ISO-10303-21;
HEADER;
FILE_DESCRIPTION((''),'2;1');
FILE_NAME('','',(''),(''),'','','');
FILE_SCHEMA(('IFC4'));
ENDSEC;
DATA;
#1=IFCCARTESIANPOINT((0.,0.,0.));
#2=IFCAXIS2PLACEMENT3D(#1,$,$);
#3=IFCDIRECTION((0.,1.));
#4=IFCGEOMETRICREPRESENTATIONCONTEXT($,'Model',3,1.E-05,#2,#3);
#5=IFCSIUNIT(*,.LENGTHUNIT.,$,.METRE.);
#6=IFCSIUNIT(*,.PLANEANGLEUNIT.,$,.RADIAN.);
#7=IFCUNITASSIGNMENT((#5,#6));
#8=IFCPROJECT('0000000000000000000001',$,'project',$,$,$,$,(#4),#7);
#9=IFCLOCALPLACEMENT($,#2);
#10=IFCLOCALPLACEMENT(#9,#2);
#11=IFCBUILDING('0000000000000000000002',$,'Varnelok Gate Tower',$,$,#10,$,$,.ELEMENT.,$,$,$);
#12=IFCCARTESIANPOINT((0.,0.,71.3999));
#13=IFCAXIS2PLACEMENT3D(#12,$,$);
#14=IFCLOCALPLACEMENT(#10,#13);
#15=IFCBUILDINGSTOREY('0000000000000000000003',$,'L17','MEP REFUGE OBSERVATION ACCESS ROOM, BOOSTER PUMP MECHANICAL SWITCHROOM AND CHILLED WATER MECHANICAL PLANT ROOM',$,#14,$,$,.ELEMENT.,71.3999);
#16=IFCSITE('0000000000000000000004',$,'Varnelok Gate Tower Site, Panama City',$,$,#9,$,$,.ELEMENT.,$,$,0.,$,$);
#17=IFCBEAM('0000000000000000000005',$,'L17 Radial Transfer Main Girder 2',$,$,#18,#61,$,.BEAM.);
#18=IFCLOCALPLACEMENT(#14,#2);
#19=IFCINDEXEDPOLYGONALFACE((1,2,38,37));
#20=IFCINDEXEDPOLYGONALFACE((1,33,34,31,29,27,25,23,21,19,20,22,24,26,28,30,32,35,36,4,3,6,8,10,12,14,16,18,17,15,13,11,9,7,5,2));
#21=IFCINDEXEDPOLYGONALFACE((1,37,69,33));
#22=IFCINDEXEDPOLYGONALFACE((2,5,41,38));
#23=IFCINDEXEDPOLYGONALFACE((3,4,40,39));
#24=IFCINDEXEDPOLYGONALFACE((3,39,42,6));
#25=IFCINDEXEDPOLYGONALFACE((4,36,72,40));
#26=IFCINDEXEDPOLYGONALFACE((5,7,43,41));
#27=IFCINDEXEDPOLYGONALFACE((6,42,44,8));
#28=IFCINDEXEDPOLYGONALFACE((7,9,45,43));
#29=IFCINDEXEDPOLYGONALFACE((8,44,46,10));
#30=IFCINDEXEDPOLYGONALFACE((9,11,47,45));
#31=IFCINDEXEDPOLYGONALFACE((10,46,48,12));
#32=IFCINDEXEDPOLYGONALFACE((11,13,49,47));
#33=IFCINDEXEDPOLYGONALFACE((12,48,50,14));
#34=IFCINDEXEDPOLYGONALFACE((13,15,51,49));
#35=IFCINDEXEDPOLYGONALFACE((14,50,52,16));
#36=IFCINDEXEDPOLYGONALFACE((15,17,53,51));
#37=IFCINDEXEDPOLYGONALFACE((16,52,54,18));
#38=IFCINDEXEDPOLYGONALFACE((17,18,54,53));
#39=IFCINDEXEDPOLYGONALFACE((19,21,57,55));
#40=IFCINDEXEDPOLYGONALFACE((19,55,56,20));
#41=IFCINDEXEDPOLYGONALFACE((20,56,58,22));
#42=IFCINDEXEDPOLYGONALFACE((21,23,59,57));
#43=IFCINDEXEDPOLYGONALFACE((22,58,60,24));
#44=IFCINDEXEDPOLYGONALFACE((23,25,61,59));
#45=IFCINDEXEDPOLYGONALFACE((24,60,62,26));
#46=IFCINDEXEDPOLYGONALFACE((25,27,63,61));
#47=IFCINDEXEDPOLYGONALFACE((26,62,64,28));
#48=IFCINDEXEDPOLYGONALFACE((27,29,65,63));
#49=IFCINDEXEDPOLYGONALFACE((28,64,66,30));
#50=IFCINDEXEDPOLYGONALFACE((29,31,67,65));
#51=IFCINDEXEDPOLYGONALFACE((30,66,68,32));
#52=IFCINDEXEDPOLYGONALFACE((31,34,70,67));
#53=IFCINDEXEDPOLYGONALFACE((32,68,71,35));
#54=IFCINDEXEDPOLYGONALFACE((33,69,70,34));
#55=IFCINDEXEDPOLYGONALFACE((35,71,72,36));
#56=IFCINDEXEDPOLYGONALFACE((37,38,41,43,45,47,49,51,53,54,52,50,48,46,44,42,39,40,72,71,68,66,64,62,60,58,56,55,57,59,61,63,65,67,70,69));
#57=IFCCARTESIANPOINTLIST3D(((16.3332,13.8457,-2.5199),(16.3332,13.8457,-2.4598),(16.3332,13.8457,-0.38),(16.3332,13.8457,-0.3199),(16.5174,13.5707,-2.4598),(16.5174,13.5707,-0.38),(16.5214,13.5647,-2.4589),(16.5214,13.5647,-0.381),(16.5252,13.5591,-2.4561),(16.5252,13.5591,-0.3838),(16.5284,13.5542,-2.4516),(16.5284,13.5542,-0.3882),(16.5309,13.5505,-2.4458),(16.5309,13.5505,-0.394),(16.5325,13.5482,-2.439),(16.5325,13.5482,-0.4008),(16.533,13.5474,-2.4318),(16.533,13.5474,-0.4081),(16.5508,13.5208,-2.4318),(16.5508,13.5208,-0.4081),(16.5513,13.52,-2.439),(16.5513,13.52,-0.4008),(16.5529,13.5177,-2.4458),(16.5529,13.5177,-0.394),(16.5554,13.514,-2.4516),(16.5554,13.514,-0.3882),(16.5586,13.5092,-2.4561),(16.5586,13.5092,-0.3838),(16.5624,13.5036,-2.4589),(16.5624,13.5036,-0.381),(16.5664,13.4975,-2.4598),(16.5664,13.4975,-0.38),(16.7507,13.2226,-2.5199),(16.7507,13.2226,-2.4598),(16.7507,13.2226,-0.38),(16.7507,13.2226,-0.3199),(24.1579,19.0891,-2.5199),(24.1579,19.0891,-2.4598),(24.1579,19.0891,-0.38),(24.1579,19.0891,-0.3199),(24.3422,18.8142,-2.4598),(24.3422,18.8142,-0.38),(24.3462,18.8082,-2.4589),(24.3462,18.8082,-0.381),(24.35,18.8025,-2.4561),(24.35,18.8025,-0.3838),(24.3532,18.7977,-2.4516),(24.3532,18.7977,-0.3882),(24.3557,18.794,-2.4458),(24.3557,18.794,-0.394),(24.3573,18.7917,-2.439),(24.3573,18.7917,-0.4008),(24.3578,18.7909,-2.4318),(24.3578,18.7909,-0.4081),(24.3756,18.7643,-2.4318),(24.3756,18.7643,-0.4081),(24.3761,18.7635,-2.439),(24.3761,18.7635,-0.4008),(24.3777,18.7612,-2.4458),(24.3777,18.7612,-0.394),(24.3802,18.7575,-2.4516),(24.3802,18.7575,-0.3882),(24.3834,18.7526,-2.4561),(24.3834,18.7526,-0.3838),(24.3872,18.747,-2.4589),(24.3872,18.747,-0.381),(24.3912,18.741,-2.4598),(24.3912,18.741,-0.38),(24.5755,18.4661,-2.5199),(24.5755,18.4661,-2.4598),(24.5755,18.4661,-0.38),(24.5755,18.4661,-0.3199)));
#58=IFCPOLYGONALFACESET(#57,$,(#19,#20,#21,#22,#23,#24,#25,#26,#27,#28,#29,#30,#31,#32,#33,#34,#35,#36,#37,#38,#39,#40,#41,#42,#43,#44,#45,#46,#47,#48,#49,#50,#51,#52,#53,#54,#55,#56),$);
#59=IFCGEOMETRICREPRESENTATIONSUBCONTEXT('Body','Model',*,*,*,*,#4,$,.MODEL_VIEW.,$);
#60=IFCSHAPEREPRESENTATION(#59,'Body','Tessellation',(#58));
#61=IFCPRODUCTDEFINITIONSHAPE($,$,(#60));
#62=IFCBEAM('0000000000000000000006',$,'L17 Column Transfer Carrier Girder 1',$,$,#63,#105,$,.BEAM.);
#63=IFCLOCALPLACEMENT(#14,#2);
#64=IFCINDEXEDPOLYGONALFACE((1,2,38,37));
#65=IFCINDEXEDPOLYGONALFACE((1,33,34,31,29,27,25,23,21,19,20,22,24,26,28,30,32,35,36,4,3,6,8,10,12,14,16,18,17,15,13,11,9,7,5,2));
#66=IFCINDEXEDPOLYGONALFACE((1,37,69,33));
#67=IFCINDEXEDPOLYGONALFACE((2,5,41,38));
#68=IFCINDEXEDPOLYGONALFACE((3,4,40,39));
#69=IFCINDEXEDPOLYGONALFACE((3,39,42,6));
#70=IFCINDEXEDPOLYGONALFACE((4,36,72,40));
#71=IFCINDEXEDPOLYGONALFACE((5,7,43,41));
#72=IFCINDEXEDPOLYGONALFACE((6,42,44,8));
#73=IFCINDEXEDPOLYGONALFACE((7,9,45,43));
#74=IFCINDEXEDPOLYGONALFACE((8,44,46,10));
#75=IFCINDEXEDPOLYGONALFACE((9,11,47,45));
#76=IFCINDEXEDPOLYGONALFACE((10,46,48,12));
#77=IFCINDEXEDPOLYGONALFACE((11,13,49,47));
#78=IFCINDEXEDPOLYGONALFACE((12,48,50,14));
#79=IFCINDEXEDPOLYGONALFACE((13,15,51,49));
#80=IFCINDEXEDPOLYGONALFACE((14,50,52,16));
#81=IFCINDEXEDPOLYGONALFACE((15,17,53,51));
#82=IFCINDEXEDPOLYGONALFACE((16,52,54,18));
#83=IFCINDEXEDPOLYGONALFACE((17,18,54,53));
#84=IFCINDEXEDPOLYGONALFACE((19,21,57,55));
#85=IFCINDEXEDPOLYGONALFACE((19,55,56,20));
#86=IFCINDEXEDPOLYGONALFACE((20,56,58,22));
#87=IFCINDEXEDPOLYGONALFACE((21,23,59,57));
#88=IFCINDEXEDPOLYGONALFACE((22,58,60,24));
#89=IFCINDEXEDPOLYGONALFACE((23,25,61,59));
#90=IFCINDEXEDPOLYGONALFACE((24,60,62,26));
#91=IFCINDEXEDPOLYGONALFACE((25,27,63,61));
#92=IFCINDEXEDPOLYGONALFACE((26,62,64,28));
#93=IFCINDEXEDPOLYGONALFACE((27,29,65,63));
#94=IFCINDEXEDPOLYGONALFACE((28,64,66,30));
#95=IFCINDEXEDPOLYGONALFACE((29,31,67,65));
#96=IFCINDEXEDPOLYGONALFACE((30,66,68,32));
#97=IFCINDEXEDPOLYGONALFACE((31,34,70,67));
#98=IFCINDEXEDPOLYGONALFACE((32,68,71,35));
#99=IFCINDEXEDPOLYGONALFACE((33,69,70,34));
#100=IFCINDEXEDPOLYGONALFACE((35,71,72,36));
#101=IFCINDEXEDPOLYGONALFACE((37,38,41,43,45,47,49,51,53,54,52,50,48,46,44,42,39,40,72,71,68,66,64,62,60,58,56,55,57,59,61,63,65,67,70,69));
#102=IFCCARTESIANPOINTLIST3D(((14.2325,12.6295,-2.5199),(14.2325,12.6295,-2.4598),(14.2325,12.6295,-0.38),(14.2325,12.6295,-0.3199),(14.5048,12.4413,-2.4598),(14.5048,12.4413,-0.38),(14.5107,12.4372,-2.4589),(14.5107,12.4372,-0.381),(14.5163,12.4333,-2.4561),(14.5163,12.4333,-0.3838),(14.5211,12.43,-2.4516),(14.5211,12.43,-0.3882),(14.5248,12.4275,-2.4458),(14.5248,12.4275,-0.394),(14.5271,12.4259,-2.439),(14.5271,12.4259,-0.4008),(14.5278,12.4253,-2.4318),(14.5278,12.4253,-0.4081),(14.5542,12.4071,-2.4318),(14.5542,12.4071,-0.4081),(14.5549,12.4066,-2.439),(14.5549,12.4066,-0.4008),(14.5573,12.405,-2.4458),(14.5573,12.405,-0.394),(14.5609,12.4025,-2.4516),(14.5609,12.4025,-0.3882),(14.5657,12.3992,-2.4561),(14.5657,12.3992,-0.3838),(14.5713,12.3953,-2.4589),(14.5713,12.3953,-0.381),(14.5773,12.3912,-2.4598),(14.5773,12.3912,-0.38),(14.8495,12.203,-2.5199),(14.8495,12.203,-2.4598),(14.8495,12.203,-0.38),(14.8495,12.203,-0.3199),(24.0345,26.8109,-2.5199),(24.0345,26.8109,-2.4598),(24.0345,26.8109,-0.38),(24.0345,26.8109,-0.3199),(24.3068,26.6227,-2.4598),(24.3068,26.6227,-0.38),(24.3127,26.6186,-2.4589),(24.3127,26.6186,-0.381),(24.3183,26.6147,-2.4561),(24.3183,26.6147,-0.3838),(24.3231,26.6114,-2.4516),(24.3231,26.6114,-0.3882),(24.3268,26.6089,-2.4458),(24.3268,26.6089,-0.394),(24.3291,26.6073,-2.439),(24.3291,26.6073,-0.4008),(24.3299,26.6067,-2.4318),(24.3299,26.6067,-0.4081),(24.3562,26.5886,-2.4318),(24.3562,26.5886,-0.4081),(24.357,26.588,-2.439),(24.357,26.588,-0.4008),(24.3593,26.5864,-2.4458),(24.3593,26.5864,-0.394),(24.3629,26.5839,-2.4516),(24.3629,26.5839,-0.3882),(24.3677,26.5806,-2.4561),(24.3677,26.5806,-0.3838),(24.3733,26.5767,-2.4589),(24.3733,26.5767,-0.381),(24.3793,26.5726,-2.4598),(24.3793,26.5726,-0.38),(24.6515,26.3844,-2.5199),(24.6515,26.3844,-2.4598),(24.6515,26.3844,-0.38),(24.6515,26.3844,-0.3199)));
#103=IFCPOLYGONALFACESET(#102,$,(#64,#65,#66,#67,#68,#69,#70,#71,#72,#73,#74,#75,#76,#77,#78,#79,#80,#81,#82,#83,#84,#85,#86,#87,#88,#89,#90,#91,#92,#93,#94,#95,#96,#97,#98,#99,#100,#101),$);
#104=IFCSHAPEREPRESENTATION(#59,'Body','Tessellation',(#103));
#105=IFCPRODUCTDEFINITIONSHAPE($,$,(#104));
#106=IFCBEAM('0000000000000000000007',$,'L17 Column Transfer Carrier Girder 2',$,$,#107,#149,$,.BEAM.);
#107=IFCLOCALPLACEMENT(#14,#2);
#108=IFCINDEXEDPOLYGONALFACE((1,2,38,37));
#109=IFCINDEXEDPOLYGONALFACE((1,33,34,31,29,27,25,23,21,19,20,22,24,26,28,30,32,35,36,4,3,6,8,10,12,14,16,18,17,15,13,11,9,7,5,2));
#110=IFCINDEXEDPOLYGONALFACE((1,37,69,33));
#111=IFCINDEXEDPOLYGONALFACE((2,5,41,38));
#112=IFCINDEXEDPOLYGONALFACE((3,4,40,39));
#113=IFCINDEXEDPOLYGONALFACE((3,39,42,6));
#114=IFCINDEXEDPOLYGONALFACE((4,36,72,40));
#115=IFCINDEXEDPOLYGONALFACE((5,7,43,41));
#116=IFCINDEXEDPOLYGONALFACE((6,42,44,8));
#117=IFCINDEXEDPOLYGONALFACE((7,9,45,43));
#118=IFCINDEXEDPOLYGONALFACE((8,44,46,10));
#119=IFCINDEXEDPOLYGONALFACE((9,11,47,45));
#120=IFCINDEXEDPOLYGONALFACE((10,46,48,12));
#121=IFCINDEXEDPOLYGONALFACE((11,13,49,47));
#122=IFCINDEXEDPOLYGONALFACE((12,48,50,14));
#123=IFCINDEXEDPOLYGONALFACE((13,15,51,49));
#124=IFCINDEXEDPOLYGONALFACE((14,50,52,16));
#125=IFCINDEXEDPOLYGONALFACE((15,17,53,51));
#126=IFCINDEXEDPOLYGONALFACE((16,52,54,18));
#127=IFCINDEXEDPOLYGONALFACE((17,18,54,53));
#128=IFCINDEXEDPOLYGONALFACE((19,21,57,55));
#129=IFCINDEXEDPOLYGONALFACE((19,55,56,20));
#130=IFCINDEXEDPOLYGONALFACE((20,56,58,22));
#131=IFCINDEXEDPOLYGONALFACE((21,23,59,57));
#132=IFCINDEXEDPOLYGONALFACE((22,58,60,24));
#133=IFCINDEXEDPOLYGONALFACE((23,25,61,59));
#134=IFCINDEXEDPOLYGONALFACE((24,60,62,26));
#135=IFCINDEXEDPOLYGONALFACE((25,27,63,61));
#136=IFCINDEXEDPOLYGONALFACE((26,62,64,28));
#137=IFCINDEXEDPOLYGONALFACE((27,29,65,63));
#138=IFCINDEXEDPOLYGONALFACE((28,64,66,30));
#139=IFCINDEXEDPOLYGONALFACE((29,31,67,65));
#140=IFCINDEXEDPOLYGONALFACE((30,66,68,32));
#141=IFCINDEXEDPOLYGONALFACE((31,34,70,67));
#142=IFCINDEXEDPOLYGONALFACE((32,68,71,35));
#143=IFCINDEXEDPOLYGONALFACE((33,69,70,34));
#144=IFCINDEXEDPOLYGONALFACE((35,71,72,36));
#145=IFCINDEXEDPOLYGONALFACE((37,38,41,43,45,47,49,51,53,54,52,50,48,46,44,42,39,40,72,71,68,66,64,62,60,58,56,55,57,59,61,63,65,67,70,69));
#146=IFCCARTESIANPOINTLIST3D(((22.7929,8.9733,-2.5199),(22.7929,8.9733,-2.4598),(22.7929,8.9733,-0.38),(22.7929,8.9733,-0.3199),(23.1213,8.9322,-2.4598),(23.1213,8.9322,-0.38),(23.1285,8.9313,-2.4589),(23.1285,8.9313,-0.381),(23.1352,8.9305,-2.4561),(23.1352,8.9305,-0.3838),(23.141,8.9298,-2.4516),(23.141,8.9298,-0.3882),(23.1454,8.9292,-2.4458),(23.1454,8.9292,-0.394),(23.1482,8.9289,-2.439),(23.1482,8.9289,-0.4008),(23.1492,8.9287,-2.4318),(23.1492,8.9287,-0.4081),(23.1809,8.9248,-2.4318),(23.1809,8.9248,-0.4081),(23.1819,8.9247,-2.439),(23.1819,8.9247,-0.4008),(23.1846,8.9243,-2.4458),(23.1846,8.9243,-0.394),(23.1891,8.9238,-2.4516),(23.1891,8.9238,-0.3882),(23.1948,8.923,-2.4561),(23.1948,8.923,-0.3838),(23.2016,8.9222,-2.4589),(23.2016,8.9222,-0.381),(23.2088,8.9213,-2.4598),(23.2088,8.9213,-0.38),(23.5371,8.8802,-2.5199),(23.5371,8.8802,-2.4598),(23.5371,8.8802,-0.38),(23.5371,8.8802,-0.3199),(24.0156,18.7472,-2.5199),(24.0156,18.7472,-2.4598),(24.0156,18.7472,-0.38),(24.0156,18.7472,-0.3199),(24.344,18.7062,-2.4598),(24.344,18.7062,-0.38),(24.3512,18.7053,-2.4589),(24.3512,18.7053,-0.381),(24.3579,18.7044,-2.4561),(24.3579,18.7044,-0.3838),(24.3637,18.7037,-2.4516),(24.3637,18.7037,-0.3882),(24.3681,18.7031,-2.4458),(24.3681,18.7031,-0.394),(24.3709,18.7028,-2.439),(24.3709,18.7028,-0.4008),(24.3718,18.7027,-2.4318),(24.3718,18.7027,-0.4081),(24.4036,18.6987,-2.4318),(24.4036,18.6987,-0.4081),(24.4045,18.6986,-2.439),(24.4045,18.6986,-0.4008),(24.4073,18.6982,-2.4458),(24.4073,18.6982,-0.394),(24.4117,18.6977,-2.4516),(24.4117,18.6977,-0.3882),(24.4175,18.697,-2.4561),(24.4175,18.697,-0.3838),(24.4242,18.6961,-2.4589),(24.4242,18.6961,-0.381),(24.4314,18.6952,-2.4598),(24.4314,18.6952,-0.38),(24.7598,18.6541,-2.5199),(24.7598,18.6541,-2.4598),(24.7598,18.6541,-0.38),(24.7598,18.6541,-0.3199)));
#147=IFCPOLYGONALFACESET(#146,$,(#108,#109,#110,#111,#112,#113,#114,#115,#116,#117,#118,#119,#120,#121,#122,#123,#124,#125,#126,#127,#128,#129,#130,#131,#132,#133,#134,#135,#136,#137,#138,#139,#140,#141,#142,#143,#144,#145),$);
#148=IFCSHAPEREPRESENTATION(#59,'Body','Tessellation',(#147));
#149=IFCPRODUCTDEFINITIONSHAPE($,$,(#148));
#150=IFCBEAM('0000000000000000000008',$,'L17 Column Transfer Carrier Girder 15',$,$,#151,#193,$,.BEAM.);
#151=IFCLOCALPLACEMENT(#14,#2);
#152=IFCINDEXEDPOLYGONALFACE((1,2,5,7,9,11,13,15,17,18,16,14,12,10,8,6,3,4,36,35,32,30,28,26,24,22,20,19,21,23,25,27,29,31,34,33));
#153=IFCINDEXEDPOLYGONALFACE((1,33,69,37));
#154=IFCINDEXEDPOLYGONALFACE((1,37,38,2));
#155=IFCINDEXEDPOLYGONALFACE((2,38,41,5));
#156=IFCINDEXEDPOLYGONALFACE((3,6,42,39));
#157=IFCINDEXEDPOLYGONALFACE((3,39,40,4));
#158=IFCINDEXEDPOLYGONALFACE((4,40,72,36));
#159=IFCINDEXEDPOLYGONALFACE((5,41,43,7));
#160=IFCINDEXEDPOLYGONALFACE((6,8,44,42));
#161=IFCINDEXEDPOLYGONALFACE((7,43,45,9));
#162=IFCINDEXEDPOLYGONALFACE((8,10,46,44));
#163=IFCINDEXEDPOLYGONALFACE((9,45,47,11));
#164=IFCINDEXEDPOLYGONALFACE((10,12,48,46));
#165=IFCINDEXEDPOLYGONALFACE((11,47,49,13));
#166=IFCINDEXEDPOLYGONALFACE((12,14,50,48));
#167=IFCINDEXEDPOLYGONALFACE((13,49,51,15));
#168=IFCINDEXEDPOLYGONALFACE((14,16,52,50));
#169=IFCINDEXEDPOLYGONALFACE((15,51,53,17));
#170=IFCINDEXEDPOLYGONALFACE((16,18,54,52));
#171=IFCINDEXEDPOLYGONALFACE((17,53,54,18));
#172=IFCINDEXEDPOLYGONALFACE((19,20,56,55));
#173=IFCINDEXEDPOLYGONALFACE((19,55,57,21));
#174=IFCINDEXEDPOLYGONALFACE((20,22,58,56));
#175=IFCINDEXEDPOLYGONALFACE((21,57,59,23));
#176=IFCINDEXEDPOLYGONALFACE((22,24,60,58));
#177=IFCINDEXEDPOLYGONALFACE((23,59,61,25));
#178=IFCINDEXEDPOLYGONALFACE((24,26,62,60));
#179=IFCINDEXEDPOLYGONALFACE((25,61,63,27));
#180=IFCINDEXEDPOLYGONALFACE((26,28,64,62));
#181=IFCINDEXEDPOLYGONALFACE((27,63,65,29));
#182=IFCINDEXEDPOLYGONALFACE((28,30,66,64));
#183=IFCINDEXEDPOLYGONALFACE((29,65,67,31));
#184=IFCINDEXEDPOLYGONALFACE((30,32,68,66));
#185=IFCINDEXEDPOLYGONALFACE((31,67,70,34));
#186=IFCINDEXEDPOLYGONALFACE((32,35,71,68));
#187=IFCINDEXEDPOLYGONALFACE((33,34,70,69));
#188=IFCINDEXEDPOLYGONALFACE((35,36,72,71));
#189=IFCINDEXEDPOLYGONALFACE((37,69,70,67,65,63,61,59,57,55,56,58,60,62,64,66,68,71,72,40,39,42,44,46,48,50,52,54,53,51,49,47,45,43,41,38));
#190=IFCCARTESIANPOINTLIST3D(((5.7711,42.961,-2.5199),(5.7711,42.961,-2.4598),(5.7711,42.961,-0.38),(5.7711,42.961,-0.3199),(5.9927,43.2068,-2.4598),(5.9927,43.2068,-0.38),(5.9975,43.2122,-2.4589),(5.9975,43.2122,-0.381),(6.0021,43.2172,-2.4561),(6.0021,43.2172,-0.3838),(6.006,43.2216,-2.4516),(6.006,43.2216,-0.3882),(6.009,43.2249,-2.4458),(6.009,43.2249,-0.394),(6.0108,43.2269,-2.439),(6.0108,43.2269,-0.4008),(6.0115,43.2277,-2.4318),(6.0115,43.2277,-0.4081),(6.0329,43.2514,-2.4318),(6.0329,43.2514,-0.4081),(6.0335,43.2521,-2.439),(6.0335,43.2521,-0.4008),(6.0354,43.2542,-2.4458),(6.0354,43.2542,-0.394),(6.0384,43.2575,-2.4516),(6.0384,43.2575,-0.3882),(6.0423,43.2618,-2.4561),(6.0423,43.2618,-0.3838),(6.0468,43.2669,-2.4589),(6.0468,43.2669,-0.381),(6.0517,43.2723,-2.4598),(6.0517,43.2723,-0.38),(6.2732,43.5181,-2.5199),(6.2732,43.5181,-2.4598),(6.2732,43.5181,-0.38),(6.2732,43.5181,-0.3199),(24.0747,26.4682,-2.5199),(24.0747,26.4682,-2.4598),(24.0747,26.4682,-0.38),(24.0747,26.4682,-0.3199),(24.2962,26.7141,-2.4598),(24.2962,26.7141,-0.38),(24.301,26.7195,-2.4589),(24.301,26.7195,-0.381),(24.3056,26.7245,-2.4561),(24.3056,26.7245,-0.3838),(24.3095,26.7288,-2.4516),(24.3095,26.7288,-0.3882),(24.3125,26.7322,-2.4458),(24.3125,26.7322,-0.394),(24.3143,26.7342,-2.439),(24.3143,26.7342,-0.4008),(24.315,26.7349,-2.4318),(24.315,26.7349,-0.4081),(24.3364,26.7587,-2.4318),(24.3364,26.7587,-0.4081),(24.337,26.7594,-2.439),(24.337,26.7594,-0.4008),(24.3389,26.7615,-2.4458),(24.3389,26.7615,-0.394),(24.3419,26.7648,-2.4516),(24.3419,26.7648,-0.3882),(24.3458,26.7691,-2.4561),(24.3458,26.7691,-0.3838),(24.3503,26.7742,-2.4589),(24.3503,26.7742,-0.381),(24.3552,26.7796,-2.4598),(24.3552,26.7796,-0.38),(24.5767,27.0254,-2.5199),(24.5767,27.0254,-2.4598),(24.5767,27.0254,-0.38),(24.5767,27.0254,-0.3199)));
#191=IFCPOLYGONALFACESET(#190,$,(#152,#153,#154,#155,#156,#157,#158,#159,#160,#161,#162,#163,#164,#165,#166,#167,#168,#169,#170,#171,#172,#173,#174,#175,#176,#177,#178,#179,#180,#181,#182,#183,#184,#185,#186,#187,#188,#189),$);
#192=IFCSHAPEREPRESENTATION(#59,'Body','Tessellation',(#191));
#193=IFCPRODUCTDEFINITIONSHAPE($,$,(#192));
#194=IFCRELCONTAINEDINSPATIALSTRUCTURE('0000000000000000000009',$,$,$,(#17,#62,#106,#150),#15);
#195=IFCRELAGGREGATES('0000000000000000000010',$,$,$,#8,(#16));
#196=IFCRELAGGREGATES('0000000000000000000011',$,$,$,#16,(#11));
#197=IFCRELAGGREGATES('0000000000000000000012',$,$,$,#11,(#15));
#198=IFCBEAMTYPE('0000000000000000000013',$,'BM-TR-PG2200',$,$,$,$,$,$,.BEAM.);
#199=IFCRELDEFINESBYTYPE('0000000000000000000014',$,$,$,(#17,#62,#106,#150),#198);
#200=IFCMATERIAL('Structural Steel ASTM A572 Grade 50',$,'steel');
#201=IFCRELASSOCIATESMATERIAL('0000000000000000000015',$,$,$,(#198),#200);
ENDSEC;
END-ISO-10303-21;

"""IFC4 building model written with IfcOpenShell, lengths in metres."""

from ifc_helpers import new_model, si_unit, direction, frame, origin, origin_2d, place, context, subcontext, project, spatial, i_section, extrude, material, material_profile, profile_set, type_object, element, save


model = new_model("IFC4")

# Units and contexts
model_context = context("Model", 3, precision=1e-05, world=origin(), true_north=direction((0.0, 1.0)))
body_context = subcontext(model_context, "Body", "Model", "MODEL_VIEW")
ifc_project = project(units=[si_unit("LENGTHUNIT", "METRE"), si_unit("PLANEANGLEUNIT", "RADIAN")], contexts=[model_context])

# Site, building, storey
site_placement = place(None, origin())
site = spatial("IfcSite", under=ifc_project, at=site_placement, Name="Varnelok Gate Tower Site, Panama City", CompositionType="ELEMENT", RefElevation=0.0)
building_placement = place(site_placement, origin())
building = spatial("IfcBuilding", under=site, at=building_placement, Name="Varnelok Gate Tower", CompositionType="ELEMENT")
storey_placement = place(building_placement, frame((0.0, 0.0, 71.3999)))
storey = spatial("IfcBuildingStorey", under=building, at=storey_placement, Name="L17", Description="MEP REFUGE OBSERVATION ACCESS ROOM, BOOSTER PUMP MECHANICAL SWITCHROOM AND CHILLED WATER MECHANICAL PLANT ROOM", CompositionType="ELEMENT", Elevation=71.3999)

# Beams
ifc_material_1 = material(Name="Structural Steel ASTM A572 Grade 50", Category="steel")
ifc_material_profile_1 = material_profile(ifc_material_1, i_section(OverallWidth=0.75, OverallDepth=2.2, WebThickness=0.032, FlangeThickness=0.0601, FilletRadius=0.0281, at=origin_2d()), Name="PG2200X750")
ifc_profile_set_1 = profile_set([ifc_material_profile_1], Name="Structural Steel ASTM A572 Grade 50")
beam_type_1 = type_object("IfcBeamType", Name="BM-TR-PG2200", PredefinedType="BEAM", material=ifc_profile_set_1)
beam_1_placement = place(storey_placement, frame((24.3667, 18.7776, -1.4199), z_axis=(-0.830728, -0.556678, 0.0), x_axis=(0.556678, -0.830728, 0.0)))
element("IfcBeam", 1, at=beam_1_placement, inside=storey, type_object=beam_type_1, Name="L17 Radial Transfer Main Girder 2", PredefinedType="BEAM", context=body_context, shape_type="SweptSolid", body=[
    extrude(i_section(OverallWidth=0.75, OverallDepth=2.2, WebThickness=0.032, FlangeThickness=0.0601, FilletRadius=0.0281, at=origin_2d()), origin(), (0.0, 0.0, 1.0), 9.4192),
])
beam_2_placement = place(storey_placement, frame((24.343, 26.5977, -1.4199), z_axis=(-0.568587, -0.822623, 0.0), x_axis=(0.822623, -0.568587, 0.0)))
element("IfcBeam", 2, at=beam_2_placement, inside=storey, type_object=beam_type_1, Name="L17 Column Transfer Carrier Girder 1", PredefinedType="BEAM", context=body_context, shape_type="SweptSolid", body=[
    extrude(i_section(OverallWidth=0.75, OverallDepth=2.2, WebThickness=0.032, FlangeThickness=0.0601, FilletRadius=0.0281, at=origin_2d()), origin(), (0.0, 0.0, 1.0), 17.2393),
])
beam_3_placement = place(storey_placement, frame((24.3877, 18.7007, -1.4199), z_axis=(-0.124126, -0.992266, 0.0), x_axis=(0.992266, -0.124126, 0.0)))
element("IfcBeam", 3, at=beam_3_placement, inside=storey, type_object=beam_type_1, Name="L17 Column Transfer Carrier Girder 2", PredefinedType="BEAM", context=body_context, shape_type="SweptSolid", body=[
    extrude(i_section(OverallWidth=0.75, OverallDepth=2.2, WebThickness=0.032, FlangeThickness=0.0601, FilletRadius=0.0281, at=origin_2d()), origin(), (0.0, 0.0, 1.0), 9.8501),
])
beam_4_placement = place(storey_placement, frame((24.3257, 26.7468, -1.4199), z_axis=(-0.742899, 0.669403, 0.0), x_axis=(-0.669403, -0.742899, 0.0)))
element("IfcBeam", 4, at=beam_4_placement, inside=storey, type_object=beam_type_1, Name="L17 Column Transfer Carrier Girder 15", PredefinedType="BEAM", context=body_context, shape_type="SweptSolid", body=[
    extrude(i_section(OverallWidth=0.75, OverallDepth=2.2, WebThickness=0.032, FlangeThickness=0.0601, FilletRadius=0.0281, at=origin_2d()), origin(), (0.0, 0.0, 1.0), 24.6379),
])

save(model, "model.ifc")
